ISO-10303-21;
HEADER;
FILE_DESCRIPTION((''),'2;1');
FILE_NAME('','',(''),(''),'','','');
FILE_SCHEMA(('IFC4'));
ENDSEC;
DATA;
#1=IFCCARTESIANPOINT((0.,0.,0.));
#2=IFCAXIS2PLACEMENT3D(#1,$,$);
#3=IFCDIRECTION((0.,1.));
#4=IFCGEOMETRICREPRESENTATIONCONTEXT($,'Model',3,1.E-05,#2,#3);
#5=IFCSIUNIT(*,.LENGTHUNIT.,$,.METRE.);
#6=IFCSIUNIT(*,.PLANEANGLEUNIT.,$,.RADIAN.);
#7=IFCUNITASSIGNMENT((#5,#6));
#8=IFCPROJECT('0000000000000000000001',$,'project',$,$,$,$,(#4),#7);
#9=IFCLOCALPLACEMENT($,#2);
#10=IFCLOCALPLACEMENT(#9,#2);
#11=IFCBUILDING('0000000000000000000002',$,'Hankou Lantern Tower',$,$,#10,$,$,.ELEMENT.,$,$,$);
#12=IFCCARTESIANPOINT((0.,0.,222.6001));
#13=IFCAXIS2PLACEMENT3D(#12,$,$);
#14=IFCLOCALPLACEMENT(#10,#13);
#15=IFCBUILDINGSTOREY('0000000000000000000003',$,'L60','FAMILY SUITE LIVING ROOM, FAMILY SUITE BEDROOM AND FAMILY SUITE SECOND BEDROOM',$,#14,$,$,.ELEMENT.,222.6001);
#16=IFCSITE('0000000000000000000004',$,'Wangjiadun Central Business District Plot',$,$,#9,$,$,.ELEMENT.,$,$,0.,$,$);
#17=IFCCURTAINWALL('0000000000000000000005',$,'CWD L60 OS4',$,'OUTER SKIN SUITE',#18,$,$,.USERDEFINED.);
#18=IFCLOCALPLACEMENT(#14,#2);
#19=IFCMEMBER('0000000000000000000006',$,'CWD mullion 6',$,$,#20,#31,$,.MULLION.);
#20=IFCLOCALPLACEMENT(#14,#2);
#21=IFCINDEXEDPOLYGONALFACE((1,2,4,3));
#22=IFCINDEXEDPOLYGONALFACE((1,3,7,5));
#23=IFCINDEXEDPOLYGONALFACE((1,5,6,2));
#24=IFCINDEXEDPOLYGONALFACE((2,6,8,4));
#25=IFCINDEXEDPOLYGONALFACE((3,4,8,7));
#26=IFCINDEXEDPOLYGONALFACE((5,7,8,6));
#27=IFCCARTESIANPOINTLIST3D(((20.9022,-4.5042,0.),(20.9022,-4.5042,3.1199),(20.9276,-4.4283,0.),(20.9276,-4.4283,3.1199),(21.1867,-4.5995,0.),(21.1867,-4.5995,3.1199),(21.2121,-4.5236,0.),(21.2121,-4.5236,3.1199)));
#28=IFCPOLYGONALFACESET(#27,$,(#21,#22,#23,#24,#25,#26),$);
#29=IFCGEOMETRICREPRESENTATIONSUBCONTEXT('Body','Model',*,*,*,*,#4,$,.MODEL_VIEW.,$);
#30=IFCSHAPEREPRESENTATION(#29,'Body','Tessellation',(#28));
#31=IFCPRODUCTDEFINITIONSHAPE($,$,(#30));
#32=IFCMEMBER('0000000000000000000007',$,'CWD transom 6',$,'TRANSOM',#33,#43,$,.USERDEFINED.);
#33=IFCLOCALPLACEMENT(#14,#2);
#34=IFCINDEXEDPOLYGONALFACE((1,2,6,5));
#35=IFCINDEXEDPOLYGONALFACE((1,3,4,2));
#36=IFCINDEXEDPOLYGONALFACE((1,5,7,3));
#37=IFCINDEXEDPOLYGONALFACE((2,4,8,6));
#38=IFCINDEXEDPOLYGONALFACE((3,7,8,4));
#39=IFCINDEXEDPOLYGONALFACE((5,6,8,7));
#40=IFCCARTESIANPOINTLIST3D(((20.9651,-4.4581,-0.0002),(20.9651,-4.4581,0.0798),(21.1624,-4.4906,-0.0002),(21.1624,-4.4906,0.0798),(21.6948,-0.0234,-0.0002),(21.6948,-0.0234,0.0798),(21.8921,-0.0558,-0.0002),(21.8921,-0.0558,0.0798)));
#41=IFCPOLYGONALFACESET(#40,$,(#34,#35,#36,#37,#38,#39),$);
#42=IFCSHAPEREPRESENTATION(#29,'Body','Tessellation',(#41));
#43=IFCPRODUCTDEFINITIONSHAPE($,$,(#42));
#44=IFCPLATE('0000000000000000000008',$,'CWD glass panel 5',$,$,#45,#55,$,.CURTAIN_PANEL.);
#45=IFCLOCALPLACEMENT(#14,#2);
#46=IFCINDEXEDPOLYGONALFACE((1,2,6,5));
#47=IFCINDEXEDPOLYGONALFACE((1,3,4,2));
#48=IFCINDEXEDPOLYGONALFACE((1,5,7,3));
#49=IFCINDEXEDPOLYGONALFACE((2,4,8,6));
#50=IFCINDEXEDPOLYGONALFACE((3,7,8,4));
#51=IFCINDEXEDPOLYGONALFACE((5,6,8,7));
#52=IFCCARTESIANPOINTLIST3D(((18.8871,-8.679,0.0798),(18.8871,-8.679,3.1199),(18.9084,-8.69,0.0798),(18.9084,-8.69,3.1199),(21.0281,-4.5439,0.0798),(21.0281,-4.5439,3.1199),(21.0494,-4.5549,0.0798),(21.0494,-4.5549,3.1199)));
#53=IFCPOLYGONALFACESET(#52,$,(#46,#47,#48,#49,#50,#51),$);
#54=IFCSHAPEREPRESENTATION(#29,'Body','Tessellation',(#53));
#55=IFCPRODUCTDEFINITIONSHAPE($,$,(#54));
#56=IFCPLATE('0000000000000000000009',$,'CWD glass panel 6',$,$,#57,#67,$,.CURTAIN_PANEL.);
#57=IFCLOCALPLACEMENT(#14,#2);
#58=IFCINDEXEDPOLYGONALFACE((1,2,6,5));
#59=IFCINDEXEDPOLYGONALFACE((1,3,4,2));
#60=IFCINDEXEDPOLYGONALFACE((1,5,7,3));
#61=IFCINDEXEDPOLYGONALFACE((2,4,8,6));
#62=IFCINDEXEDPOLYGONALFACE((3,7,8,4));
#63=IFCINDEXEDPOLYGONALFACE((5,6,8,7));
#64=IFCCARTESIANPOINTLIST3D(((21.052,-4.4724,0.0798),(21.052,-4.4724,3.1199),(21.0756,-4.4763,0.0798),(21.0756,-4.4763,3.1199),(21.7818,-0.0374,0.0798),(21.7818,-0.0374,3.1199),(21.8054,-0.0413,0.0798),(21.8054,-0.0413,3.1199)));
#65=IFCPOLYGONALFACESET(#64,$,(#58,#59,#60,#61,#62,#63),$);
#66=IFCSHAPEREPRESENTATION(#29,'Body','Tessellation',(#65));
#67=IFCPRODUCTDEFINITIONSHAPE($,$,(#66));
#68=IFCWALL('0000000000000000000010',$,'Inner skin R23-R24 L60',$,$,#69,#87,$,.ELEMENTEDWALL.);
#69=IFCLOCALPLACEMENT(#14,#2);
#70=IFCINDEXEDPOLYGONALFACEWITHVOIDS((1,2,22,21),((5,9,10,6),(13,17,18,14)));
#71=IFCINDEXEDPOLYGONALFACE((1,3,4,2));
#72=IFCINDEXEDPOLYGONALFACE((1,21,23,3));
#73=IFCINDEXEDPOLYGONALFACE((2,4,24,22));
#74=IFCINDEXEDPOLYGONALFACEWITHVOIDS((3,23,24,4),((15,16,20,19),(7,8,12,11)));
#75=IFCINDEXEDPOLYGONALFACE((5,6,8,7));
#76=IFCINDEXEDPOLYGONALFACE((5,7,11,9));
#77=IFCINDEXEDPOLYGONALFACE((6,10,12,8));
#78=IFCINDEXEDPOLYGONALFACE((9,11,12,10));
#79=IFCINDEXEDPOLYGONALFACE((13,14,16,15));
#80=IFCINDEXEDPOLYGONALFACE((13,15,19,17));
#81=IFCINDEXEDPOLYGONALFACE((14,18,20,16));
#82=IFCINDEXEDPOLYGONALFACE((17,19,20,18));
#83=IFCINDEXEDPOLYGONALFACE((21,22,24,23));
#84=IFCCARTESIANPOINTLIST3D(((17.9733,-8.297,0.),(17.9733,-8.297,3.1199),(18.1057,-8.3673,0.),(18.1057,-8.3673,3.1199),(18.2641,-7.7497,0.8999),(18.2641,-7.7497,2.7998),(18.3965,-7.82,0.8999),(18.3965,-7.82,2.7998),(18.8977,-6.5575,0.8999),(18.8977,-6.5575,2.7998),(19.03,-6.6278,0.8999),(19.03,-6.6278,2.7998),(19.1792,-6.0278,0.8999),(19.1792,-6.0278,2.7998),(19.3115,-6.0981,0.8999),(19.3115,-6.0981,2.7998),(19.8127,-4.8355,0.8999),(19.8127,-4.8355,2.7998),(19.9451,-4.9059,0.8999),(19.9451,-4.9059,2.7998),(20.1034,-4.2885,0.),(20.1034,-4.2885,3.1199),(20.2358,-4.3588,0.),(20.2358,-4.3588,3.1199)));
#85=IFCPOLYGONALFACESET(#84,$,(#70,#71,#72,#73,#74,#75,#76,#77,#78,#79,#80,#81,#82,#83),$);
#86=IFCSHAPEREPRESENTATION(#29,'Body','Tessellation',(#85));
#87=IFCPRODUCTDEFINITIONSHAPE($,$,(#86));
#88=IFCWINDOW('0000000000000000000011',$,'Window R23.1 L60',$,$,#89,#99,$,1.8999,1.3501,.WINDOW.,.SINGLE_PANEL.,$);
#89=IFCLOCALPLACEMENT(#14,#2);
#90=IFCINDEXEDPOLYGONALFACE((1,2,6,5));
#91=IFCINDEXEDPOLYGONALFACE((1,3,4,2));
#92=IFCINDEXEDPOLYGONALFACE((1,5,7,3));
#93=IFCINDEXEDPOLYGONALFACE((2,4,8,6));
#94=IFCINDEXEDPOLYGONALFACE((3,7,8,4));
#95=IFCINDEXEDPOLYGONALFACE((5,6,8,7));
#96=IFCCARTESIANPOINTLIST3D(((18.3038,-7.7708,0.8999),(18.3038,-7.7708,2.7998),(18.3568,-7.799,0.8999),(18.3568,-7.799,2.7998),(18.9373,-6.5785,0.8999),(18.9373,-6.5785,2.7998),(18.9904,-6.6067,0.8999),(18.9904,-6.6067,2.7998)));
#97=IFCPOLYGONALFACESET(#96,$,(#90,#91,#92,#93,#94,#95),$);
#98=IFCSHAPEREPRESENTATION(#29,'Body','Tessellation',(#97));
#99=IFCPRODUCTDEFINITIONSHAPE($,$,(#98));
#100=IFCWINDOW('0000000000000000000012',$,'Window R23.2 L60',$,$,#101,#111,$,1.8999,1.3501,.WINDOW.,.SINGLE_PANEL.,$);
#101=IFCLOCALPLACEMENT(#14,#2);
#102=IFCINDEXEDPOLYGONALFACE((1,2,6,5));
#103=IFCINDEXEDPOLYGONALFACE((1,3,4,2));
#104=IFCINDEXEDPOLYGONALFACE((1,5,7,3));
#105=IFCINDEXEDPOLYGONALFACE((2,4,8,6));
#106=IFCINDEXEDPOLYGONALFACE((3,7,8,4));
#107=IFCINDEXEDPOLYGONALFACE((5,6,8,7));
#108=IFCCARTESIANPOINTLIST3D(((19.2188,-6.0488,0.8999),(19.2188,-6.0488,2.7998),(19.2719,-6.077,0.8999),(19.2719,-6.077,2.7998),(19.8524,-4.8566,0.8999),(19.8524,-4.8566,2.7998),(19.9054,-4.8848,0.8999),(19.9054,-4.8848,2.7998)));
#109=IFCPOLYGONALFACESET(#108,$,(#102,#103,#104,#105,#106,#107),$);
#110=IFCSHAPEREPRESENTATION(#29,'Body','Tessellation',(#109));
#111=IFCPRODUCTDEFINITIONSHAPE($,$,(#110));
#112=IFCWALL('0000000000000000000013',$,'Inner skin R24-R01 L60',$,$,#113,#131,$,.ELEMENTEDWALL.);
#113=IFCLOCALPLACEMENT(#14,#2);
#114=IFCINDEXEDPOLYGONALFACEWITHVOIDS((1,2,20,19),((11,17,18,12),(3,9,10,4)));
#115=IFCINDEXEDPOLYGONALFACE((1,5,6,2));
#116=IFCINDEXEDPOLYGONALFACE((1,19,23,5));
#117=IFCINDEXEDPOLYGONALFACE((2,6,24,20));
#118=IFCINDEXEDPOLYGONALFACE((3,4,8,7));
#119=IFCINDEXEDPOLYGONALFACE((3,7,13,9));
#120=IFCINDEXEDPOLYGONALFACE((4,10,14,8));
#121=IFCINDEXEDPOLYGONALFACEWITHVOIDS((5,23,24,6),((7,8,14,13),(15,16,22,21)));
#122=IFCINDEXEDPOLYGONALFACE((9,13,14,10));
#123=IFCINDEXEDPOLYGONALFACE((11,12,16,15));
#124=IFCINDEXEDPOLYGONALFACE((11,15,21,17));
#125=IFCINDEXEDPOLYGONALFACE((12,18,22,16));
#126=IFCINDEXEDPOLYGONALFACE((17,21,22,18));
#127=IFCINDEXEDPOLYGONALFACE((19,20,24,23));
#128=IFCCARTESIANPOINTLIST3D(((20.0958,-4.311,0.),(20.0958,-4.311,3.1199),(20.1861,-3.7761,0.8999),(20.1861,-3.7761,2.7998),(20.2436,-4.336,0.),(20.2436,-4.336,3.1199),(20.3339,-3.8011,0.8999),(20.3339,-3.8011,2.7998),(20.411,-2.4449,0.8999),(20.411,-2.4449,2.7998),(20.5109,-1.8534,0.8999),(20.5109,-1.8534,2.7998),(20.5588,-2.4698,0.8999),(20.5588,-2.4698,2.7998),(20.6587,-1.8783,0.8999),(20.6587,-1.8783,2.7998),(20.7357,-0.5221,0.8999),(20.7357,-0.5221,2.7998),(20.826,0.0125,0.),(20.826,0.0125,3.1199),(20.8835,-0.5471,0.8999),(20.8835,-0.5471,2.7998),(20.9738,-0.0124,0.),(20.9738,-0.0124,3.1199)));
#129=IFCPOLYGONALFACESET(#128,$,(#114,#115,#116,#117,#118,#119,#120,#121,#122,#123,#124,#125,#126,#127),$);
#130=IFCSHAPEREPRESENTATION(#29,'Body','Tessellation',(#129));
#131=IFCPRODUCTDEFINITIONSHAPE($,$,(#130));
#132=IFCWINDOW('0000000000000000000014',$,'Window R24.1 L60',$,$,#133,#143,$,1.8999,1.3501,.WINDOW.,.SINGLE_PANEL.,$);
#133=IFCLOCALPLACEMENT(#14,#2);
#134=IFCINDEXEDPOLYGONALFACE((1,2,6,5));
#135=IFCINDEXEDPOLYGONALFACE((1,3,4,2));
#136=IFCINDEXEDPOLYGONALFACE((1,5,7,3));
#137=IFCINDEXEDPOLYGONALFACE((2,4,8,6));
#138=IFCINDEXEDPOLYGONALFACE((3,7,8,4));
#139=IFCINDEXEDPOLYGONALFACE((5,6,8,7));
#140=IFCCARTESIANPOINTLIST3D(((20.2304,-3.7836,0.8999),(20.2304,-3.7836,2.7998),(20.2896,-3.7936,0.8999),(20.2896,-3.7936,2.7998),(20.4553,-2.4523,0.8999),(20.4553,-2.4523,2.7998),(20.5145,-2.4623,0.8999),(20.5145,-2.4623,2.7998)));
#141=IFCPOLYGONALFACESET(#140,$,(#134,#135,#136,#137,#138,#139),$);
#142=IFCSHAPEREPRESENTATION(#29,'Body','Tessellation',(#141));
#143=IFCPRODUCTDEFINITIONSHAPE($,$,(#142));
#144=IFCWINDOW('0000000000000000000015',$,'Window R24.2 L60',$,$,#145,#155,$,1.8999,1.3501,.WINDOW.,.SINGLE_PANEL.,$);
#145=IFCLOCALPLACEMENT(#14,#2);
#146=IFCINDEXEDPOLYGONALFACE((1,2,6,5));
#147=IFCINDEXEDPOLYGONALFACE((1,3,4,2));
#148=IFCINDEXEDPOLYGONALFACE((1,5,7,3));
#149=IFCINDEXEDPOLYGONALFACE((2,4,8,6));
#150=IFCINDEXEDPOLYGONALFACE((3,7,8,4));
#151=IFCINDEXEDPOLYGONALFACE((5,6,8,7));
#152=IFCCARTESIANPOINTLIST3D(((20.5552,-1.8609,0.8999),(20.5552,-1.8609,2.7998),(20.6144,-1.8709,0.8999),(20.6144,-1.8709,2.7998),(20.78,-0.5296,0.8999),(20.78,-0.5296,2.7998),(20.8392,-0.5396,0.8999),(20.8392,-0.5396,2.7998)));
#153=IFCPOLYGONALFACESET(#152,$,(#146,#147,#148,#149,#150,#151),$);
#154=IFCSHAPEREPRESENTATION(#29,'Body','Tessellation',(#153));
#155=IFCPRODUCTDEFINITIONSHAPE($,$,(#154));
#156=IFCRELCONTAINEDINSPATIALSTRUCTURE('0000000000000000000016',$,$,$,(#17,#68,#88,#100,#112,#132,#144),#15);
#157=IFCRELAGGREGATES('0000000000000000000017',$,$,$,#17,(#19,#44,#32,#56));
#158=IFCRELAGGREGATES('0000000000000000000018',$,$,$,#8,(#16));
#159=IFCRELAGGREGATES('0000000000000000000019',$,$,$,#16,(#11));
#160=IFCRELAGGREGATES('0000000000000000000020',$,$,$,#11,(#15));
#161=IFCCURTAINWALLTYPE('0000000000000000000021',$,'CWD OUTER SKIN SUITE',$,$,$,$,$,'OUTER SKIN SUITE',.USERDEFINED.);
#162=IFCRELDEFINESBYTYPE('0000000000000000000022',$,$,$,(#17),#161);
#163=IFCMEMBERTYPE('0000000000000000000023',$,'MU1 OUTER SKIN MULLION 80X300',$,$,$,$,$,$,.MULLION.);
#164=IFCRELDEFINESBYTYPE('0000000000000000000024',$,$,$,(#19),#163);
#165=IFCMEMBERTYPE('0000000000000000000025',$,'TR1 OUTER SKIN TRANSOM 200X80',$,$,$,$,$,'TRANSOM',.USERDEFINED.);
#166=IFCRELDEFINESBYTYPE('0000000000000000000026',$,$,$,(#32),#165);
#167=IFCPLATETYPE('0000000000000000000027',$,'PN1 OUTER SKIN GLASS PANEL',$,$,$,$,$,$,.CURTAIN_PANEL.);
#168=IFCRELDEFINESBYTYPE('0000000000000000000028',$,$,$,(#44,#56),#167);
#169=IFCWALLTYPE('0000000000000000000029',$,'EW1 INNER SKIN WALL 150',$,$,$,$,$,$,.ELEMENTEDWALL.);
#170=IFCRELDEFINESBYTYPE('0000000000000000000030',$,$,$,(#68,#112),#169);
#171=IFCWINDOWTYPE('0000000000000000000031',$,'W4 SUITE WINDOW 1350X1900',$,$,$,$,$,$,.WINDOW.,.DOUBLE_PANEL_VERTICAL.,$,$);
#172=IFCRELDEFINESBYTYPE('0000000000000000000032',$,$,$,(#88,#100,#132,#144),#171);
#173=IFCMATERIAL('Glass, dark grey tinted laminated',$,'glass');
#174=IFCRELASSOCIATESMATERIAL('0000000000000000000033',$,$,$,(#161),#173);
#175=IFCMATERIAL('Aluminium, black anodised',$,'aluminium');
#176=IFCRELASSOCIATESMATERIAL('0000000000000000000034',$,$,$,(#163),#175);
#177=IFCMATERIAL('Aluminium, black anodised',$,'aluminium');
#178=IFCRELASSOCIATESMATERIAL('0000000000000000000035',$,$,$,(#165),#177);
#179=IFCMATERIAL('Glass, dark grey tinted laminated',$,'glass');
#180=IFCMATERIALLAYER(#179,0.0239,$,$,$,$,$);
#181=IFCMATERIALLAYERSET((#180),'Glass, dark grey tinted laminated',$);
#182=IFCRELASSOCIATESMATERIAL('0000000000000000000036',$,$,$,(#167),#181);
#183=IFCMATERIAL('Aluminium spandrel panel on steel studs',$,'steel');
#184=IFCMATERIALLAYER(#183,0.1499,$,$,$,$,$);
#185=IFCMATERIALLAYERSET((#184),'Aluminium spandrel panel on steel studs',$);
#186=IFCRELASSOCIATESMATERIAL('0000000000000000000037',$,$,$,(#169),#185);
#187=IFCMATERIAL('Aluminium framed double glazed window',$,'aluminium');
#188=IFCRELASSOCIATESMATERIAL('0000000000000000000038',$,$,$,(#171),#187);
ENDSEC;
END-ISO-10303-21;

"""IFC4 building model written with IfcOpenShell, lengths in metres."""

from ifc_helpers import new_model, si_unit, direction, frame, frame_2d, origin, origin_2d, place, context, subcontext, project, spatial, rectangle, extrude, material, layer, layer_set, material_profile, profile_set, type_object, element, fill, aggregate, save


model = new_model("IFC4")

# Units and contexts
model_context = context("Model", 3, precision=1e-05, world=origin(), true_north=direction((0.0, 1.0)))
body_context = subcontext(model_context, "Body", "Model", "MODEL_VIEW")
ifc_project = project(units=[si_unit("LENGTHUNIT", "METRE"), si_unit("PLANEANGLEUNIT", "RADIAN")], contexts=[model_context])

# Site, building, storey
site_placement = place(None, origin())
site = spatial("IfcSite", under=ifc_project, at=site_placement, Name="Wangjiadun Central Business District Plot", CompositionType="ELEMENT", RefElevation=0.0)
building_placement = place(site_placement, origin())
building = spatial("IfcBuilding", under=site, at=building_placement, Name="Hankou Lantern Tower", CompositionType="ELEMENT")
storey_placement = place(building_placement, frame((0.0, 0.0, 222.6001)))
storey = spatial("IfcBuildingStorey", under=building, at=storey_placement, Name="L60", Description="FAMILY SUITE LIVING ROOM, FAMILY SUITE BEDROOM AND FAMILY SUITE SECOND BEDROOM", CompositionType="ELEMENT", Elevation=222.6001)

# Curtain wall, members, plates
ifc_material_1 = material(Name="Glass, dark grey tinted laminated", Category="glass")
curtain_wall_type = type_object("IfcCurtainWallType", Name="CWD OUTER SKIN SUITE", ElementType="OUTER SKIN SUITE", PredefinedType="USERDEFINED", material=ifc_material_1)
curtain_wall_placement = place(storey_placement, origin())
curtain_wall = element("IfcCurtainWall", 1, at=curtain_wall_placement, inside=storey, type_object=curtain_wall_type, Name="CWD L60 OS4", ObjectType="OUTER SKIN SUITE", PredefinedType="USERDEFINED")
ifc_material_2 = material(Name="Aluminium, black anodised", Category="aluminium")
ifc_material_profile_1 = material_profile(ifc_material_2, rectangle(XDim=0.0801, YDim=0.3, at=origin_2d()), Name="MU1 80X300")
ifc_profile_set_1 = profile_set([ifc_material_profile_1], Name="Aluminium, black anodised")
member_type_1 = type_object("IfcMemberType", Name="MU1 OUTER SKIN MULLION 80X300", PredefinedType="MULLION", material=ifc_profile_set_1)
member_1_placement = place(storey_placement, frame((21.0571, -4.5139, 0.0), z_axis=(0.0, 0.0, 1.0), x_axis=(0.317596, 0.948226, 0.0)))
member_1 = element("IfcMember", 2, at=member_1_placement, type_object=member_type_1, Name="CWD mullion 6", PredefinedType="MULLION", context=body_context, shape_type="SweptSolid", body=[
    extrude(rectangle(XDim=0.0801, YDim=0.3, at=origin_2d()), origin(), (0.0, 0.0, 1.0), 3.1199),
])
ifc_material_3 = material(Name="Aluminium, black anodised", Category="aluminium")
ifc_material_profile_2 = material_profile(ifc_material_3, rectangle(XDim=0.2, YDim=0.0801, at=origin_2d()), Name="TR1 200X80")
ifc_profile_set_2 = profile_set([ifc_material_profile_2], Name="Aluminium, black anodised")
member_type_2 = type_object("IfcMemberType", Name="TR1 OUTER SKIN TRANSOM 200X80", ElementType="TRANSOM", PredefinedType="USERDEFINED", material=ifc_profile_set_2)
member_2_placement = place(storey_placement, frame((21.0637, -4.4744, 0.0398), z_axis=(0.162364, 0.986731, 0.0), x_axis=(-0.986731, 0.162364, 0.0)))
member_2 = element("IfcMember", 3, at=member_2_placement, type_object=member_type_2, Name="CWD transom 6", ObjectType="TRANSOM", PredefinedType="USERDEFINED", context=body_context, shape_type="SweptSolid", body=[
    extrude(rectangle(XDim=0.2, YDim=0.0801, at=origin_2d()), origin(), (0.0, 0.0, 1.0), 4.4944),
])
ifc_material_4 = material(Name="Glass, dark grey tinted laminated", Category="glass")
ifc_layer_1 = layer(ifc_material_4, 0.0239)
ifc_layer_set_1 = layer_set([ifc_layer_1], Name="Glass, dark grey tinted laminated")
plate_type = type_object("IfcPlateType", Name="PN1 OUTER SKIN GLASS PANEL", PredefinedType="CURTAIN_PANEL", material=ifc_layer_set_1)
plate_1_placement = place(storey_placement, frame((19.9683, -6.6169, 0.0798), z_axis=(0.0, 0.0, 1.0), x_axis=(0.459791, 0.888027, 0.0)))
plate_1 = element("IfcPlate", 4, at=plate_1_placement, type_object=plate_type, Name="CWD glass panel 5", PredefinedType="CURTAIN_PANEL", context=body_context, shape_type="SweptSolid", body=[
    extrude(rectangle(XDim=4.6565, YDim=0.0239, at=origin_2d()), origin(), (0.0, 0.0, 1.0), 3.04),
])
plate_2_placement = place(storey_placement, frame((21.4287, -2.2568, 0.0798), z_axis=(0.0, 0.0, 1.0), x_axis=(0.162382, 0.986728, 0.0)))
plate_2 = element("IfcPlate", 5, at=plate_2_placement, type_object=plate_type, Name="CWD glass panel 6", PredefinedType="CURTAIN_PANEL", context=body_context, shape_type="SweptSolid", body=[
    extrude(rectangle(XDim=4.4946, YDim=0.0239, at=origin_2d()), origin(), (0.0, 0.0, 1.0), 3.04),
])
aggregate(curtain_wall, [member_1, plate_1, member_2, plate_2])

# Walls, openings, windows
ifc_material_5 = material(Name="Aluminium spandrel panel on steel studs", Category="steel")
ifc_layer_2 = layer(ifc_material_5, 0.1499)
ifc_layer_set_2 = layer_set([ifc_layer_2], Name="Aluminium spandrel panel on steel studs")
wall_type = type_object("IfcWallType", Name="EW1 INNER SKIN WALL 150", PredefinedType="ELEMENTEDWALL", material=ifc_layer_set_2)
wall_1_placement = place(storey_placement, frame((18.0396, -8.332, 0.0), z_axis=(0.0, 0.0, 1.0), x_axis=(0.469256, 0.883062, 0.0)))
wall_1 = element("IfcWall", 6, at=wall_1_placement, inside=storey, type_object=wall_type, Name="Inner skin R23-R24 L60", PredefinedType="ELEMENTEDWALL", context=body_context, shape_type="SweptSolid", body=[
    extrude(rectangle(XDim=4.5393, YDim=0.1499, at=frame_2d((2.2695, 0.0))), origin(), (0.0, 0.0, 1.0), 3.1199),
])
opening_1_placement = place(wall_1_placement, frame((0.6196, 0.0, 0.8999)))
opening_1 = element("IfcOpeningElement", 7, at=opening_1_placement, cuts=wall_1, PredefinedType="OPENING", context=body_context, shape_type="SweptSolid", body=[
    extrude(rectangle(XDim=1.3501, YDim=1.8999, at=frame_2d((0.675, 0.95))), frame((0.0, 0.085, 0.0), z_axis=(0.0, -1.0, 0.0), x_axis=(1.0, 0.0, 0.0)), (0.0, 0.0, 1.0), 0.1699),
])
opening_2_placement = place(wall_1_placement, frame((2.5696, 0.0, 0.8999)))
opening_2 = element("IfcOpeningElement", 8, at=opening_2_placement, cuts=wall_1, PredefinedType="OPENING", context=body_context, shape_type="SweptSolid", body=[
    extrude(rectangle(XDim=1.3501, YDim=1.8999, at=frame_2d((0.675, 0.95))), frame((0.0, 0.085, 0.0), z_axis=(0.0, -1.0, 0.0), x_axis=(1.0, 0.0, 0.0)), (0.0, 0.0, 1.0), 0.1699),
])
ifc_material_6 = material(Name="Aluminium framed double glazed window", Category="aluminium")
window_type = type_object("IfcWindowType", Name="W4 SUITE WINDOW 1350X1900", PartitioningType="DOUBLE_PANEL_VERTICAL", PredefinedType="WINDOW", material=ifc_material_6)
window_1_placement = place(opening_1_placement, origin())
window_1 = element("IfcWindow", 9, at=window_1_placement, inside=storey, type_object=window_type, Name="Window R23.1 L60", OverallHeight=1.8999, OverallWidth=1.3501, PartitioningType="SINGLE_PANEL", PredefinedType="WINDOW", context=body_context, shape_type="SweptSolid", body=[
    extrude(rectangle(XDim=1.3501, YDim=1.8999, at=frame_2d((0.675, 0.95))), frame((0.0, 0.03, 0.0), z_axis=(0.0, -1.0, 0.0), x_axis=(1.0, 0.0, 0.0)), (0.0, 0.0, 1.0), 0.0601),
])
fill(opening_1, window_1)
window_2_placement = place(opening_2_placement, origin())
window_2 = element("IfcWindow", 10, at=window_2_placement, inside=storey, type_object=window_type, Name="Window R23.2 L60", OverallHeight=1.8999, OverallWidth=1.3501, PartitioningType="SINGLE_PANEL", PredefinedType="WINDOW", context=body_context, shape_type="SweptSolid", body=[
    extrude(rectangle(XDim=1.3501, YDim=1.8999, at=frame_2d((0.675, 0.95))), frame((0.0, 0.03, 0.0), z_axis=(0.0, -1.0, 0.0), x_axis=(1.0, 0.0, 0.0)), (0.0, 0.0, 1.0), 0.0601),
])
fill(opening_2, window_2)
wall_2_placement = place(storey_placement, frame((20.1697, -4.3235, 0.0), z_axis=(0.0, 0.0, 1.0), x_axis=(0.166539, 0.986035, 0.0)))
wall_2 = element("IfcWall", 11, at=wall_2_placement, inside=storey, type_object=wall_type, Name="Inner skin R24-R01 L60", PredefinedType="ELEMENTEDWALL", context=body_context, shape_type="SweptSolid", body=[
    extrude(rectangle(XDim=4.3848, YDim=0.1499, at=frame_2d((2.1924, 0.0))), origin(), (0.0, 0.0, 1.0), 3.1199),
])
opening_3_placement = place(wall_2_placement, frame((0.5425, 0.0, 0.8999)))
opening_3 = element("IfcOpeningElement", 12, at=opening_3_placement, cuts=wall_2, PredefinedType="OPENING", context=body_context, shape_type="SweptSolid", body=[
    extrude(rectangle(XDim=1.3501, YDim=1.8999, at=frame_2d((0.675, 0.95))), frame((0.0, 0.085, 0.0), z_axis=(0.0, -1.0, 0.0), x_axis=(1.0, 0.0, 0.0)), (0.0, 0.0, 1.0), 0.1699),
])
opening_4_placement = place(wall_2_placement, frame((2.4924, 0.0, 0.8999)))
opening_4 = element("IfcOpeningElement", 13, at=opening_4_placement, cuts=wall_2, PredefinedType="OPENING", context=body_context, shape_type="SweptSolid", body=[
    extrude(rectangle(XDim=1.3501, YDim=1.8999, at=frame_2d((0.675, 0.95))), frame((0.0, 0.085, 0.0), z_axis=(0.0, -1.0, 0.0), x_axis=(1.0, 0.0, 0.0)), (0.0, 0.0, 1.0), 0.1699),
])
window_3_placement = place(opening_3_placement, origin())
window_3 = element("IfcWindow", 14, at=window_3_placement, inside=storey, type_object=window_type, Name="Window R24.1 L60", OverallHeight=1.8999, OverallWidth=1.3501, PartitioningType="SINGLE_PANEL", PredefinedType="WINDOW", context=body_context, shape_type="SweptSolid", body=[
    extrude(rectangle(XDim=1.3501, YDim=1.8999, at=frame_2d((0.675, 0.95))), frame((0.0, 0.03, 0.0), z_axis=(0.0, -1.0, 0.0), x_axis=(1.0, 0.0, 0.0)), (0.0, 0.0, 1.0), 0.0601),
])
fill(opening_3, window_3)
window_4_placement = place(opening_4_placement, origin())
window_4 = element("IfcWindow", 15, at=window_4_placement, inside=storey, type_object=window_type, Name="Window R24.2 L60", OverallHeight=1.8999, OverallWidth=1.3501, PartitioningType="SINGLE_PANEL", PredefinedType="WINDOW", context=body_context, shape_type="SweptSolid", body=[
    extrude(rectangle(XDim=1.3501, YDim=1.8999, at=frame_2d((0.675, 0.95))), frame((0.0, 0.03, 0.0), z_axis=(0.0, -1.0, 0.0), x_axis=(1.0, 0.0, 0.0)), (0.0, 0.0, 1.0), 0.0601),
])
fill(opening_4, window_4)

save(model, "model.ifc")
